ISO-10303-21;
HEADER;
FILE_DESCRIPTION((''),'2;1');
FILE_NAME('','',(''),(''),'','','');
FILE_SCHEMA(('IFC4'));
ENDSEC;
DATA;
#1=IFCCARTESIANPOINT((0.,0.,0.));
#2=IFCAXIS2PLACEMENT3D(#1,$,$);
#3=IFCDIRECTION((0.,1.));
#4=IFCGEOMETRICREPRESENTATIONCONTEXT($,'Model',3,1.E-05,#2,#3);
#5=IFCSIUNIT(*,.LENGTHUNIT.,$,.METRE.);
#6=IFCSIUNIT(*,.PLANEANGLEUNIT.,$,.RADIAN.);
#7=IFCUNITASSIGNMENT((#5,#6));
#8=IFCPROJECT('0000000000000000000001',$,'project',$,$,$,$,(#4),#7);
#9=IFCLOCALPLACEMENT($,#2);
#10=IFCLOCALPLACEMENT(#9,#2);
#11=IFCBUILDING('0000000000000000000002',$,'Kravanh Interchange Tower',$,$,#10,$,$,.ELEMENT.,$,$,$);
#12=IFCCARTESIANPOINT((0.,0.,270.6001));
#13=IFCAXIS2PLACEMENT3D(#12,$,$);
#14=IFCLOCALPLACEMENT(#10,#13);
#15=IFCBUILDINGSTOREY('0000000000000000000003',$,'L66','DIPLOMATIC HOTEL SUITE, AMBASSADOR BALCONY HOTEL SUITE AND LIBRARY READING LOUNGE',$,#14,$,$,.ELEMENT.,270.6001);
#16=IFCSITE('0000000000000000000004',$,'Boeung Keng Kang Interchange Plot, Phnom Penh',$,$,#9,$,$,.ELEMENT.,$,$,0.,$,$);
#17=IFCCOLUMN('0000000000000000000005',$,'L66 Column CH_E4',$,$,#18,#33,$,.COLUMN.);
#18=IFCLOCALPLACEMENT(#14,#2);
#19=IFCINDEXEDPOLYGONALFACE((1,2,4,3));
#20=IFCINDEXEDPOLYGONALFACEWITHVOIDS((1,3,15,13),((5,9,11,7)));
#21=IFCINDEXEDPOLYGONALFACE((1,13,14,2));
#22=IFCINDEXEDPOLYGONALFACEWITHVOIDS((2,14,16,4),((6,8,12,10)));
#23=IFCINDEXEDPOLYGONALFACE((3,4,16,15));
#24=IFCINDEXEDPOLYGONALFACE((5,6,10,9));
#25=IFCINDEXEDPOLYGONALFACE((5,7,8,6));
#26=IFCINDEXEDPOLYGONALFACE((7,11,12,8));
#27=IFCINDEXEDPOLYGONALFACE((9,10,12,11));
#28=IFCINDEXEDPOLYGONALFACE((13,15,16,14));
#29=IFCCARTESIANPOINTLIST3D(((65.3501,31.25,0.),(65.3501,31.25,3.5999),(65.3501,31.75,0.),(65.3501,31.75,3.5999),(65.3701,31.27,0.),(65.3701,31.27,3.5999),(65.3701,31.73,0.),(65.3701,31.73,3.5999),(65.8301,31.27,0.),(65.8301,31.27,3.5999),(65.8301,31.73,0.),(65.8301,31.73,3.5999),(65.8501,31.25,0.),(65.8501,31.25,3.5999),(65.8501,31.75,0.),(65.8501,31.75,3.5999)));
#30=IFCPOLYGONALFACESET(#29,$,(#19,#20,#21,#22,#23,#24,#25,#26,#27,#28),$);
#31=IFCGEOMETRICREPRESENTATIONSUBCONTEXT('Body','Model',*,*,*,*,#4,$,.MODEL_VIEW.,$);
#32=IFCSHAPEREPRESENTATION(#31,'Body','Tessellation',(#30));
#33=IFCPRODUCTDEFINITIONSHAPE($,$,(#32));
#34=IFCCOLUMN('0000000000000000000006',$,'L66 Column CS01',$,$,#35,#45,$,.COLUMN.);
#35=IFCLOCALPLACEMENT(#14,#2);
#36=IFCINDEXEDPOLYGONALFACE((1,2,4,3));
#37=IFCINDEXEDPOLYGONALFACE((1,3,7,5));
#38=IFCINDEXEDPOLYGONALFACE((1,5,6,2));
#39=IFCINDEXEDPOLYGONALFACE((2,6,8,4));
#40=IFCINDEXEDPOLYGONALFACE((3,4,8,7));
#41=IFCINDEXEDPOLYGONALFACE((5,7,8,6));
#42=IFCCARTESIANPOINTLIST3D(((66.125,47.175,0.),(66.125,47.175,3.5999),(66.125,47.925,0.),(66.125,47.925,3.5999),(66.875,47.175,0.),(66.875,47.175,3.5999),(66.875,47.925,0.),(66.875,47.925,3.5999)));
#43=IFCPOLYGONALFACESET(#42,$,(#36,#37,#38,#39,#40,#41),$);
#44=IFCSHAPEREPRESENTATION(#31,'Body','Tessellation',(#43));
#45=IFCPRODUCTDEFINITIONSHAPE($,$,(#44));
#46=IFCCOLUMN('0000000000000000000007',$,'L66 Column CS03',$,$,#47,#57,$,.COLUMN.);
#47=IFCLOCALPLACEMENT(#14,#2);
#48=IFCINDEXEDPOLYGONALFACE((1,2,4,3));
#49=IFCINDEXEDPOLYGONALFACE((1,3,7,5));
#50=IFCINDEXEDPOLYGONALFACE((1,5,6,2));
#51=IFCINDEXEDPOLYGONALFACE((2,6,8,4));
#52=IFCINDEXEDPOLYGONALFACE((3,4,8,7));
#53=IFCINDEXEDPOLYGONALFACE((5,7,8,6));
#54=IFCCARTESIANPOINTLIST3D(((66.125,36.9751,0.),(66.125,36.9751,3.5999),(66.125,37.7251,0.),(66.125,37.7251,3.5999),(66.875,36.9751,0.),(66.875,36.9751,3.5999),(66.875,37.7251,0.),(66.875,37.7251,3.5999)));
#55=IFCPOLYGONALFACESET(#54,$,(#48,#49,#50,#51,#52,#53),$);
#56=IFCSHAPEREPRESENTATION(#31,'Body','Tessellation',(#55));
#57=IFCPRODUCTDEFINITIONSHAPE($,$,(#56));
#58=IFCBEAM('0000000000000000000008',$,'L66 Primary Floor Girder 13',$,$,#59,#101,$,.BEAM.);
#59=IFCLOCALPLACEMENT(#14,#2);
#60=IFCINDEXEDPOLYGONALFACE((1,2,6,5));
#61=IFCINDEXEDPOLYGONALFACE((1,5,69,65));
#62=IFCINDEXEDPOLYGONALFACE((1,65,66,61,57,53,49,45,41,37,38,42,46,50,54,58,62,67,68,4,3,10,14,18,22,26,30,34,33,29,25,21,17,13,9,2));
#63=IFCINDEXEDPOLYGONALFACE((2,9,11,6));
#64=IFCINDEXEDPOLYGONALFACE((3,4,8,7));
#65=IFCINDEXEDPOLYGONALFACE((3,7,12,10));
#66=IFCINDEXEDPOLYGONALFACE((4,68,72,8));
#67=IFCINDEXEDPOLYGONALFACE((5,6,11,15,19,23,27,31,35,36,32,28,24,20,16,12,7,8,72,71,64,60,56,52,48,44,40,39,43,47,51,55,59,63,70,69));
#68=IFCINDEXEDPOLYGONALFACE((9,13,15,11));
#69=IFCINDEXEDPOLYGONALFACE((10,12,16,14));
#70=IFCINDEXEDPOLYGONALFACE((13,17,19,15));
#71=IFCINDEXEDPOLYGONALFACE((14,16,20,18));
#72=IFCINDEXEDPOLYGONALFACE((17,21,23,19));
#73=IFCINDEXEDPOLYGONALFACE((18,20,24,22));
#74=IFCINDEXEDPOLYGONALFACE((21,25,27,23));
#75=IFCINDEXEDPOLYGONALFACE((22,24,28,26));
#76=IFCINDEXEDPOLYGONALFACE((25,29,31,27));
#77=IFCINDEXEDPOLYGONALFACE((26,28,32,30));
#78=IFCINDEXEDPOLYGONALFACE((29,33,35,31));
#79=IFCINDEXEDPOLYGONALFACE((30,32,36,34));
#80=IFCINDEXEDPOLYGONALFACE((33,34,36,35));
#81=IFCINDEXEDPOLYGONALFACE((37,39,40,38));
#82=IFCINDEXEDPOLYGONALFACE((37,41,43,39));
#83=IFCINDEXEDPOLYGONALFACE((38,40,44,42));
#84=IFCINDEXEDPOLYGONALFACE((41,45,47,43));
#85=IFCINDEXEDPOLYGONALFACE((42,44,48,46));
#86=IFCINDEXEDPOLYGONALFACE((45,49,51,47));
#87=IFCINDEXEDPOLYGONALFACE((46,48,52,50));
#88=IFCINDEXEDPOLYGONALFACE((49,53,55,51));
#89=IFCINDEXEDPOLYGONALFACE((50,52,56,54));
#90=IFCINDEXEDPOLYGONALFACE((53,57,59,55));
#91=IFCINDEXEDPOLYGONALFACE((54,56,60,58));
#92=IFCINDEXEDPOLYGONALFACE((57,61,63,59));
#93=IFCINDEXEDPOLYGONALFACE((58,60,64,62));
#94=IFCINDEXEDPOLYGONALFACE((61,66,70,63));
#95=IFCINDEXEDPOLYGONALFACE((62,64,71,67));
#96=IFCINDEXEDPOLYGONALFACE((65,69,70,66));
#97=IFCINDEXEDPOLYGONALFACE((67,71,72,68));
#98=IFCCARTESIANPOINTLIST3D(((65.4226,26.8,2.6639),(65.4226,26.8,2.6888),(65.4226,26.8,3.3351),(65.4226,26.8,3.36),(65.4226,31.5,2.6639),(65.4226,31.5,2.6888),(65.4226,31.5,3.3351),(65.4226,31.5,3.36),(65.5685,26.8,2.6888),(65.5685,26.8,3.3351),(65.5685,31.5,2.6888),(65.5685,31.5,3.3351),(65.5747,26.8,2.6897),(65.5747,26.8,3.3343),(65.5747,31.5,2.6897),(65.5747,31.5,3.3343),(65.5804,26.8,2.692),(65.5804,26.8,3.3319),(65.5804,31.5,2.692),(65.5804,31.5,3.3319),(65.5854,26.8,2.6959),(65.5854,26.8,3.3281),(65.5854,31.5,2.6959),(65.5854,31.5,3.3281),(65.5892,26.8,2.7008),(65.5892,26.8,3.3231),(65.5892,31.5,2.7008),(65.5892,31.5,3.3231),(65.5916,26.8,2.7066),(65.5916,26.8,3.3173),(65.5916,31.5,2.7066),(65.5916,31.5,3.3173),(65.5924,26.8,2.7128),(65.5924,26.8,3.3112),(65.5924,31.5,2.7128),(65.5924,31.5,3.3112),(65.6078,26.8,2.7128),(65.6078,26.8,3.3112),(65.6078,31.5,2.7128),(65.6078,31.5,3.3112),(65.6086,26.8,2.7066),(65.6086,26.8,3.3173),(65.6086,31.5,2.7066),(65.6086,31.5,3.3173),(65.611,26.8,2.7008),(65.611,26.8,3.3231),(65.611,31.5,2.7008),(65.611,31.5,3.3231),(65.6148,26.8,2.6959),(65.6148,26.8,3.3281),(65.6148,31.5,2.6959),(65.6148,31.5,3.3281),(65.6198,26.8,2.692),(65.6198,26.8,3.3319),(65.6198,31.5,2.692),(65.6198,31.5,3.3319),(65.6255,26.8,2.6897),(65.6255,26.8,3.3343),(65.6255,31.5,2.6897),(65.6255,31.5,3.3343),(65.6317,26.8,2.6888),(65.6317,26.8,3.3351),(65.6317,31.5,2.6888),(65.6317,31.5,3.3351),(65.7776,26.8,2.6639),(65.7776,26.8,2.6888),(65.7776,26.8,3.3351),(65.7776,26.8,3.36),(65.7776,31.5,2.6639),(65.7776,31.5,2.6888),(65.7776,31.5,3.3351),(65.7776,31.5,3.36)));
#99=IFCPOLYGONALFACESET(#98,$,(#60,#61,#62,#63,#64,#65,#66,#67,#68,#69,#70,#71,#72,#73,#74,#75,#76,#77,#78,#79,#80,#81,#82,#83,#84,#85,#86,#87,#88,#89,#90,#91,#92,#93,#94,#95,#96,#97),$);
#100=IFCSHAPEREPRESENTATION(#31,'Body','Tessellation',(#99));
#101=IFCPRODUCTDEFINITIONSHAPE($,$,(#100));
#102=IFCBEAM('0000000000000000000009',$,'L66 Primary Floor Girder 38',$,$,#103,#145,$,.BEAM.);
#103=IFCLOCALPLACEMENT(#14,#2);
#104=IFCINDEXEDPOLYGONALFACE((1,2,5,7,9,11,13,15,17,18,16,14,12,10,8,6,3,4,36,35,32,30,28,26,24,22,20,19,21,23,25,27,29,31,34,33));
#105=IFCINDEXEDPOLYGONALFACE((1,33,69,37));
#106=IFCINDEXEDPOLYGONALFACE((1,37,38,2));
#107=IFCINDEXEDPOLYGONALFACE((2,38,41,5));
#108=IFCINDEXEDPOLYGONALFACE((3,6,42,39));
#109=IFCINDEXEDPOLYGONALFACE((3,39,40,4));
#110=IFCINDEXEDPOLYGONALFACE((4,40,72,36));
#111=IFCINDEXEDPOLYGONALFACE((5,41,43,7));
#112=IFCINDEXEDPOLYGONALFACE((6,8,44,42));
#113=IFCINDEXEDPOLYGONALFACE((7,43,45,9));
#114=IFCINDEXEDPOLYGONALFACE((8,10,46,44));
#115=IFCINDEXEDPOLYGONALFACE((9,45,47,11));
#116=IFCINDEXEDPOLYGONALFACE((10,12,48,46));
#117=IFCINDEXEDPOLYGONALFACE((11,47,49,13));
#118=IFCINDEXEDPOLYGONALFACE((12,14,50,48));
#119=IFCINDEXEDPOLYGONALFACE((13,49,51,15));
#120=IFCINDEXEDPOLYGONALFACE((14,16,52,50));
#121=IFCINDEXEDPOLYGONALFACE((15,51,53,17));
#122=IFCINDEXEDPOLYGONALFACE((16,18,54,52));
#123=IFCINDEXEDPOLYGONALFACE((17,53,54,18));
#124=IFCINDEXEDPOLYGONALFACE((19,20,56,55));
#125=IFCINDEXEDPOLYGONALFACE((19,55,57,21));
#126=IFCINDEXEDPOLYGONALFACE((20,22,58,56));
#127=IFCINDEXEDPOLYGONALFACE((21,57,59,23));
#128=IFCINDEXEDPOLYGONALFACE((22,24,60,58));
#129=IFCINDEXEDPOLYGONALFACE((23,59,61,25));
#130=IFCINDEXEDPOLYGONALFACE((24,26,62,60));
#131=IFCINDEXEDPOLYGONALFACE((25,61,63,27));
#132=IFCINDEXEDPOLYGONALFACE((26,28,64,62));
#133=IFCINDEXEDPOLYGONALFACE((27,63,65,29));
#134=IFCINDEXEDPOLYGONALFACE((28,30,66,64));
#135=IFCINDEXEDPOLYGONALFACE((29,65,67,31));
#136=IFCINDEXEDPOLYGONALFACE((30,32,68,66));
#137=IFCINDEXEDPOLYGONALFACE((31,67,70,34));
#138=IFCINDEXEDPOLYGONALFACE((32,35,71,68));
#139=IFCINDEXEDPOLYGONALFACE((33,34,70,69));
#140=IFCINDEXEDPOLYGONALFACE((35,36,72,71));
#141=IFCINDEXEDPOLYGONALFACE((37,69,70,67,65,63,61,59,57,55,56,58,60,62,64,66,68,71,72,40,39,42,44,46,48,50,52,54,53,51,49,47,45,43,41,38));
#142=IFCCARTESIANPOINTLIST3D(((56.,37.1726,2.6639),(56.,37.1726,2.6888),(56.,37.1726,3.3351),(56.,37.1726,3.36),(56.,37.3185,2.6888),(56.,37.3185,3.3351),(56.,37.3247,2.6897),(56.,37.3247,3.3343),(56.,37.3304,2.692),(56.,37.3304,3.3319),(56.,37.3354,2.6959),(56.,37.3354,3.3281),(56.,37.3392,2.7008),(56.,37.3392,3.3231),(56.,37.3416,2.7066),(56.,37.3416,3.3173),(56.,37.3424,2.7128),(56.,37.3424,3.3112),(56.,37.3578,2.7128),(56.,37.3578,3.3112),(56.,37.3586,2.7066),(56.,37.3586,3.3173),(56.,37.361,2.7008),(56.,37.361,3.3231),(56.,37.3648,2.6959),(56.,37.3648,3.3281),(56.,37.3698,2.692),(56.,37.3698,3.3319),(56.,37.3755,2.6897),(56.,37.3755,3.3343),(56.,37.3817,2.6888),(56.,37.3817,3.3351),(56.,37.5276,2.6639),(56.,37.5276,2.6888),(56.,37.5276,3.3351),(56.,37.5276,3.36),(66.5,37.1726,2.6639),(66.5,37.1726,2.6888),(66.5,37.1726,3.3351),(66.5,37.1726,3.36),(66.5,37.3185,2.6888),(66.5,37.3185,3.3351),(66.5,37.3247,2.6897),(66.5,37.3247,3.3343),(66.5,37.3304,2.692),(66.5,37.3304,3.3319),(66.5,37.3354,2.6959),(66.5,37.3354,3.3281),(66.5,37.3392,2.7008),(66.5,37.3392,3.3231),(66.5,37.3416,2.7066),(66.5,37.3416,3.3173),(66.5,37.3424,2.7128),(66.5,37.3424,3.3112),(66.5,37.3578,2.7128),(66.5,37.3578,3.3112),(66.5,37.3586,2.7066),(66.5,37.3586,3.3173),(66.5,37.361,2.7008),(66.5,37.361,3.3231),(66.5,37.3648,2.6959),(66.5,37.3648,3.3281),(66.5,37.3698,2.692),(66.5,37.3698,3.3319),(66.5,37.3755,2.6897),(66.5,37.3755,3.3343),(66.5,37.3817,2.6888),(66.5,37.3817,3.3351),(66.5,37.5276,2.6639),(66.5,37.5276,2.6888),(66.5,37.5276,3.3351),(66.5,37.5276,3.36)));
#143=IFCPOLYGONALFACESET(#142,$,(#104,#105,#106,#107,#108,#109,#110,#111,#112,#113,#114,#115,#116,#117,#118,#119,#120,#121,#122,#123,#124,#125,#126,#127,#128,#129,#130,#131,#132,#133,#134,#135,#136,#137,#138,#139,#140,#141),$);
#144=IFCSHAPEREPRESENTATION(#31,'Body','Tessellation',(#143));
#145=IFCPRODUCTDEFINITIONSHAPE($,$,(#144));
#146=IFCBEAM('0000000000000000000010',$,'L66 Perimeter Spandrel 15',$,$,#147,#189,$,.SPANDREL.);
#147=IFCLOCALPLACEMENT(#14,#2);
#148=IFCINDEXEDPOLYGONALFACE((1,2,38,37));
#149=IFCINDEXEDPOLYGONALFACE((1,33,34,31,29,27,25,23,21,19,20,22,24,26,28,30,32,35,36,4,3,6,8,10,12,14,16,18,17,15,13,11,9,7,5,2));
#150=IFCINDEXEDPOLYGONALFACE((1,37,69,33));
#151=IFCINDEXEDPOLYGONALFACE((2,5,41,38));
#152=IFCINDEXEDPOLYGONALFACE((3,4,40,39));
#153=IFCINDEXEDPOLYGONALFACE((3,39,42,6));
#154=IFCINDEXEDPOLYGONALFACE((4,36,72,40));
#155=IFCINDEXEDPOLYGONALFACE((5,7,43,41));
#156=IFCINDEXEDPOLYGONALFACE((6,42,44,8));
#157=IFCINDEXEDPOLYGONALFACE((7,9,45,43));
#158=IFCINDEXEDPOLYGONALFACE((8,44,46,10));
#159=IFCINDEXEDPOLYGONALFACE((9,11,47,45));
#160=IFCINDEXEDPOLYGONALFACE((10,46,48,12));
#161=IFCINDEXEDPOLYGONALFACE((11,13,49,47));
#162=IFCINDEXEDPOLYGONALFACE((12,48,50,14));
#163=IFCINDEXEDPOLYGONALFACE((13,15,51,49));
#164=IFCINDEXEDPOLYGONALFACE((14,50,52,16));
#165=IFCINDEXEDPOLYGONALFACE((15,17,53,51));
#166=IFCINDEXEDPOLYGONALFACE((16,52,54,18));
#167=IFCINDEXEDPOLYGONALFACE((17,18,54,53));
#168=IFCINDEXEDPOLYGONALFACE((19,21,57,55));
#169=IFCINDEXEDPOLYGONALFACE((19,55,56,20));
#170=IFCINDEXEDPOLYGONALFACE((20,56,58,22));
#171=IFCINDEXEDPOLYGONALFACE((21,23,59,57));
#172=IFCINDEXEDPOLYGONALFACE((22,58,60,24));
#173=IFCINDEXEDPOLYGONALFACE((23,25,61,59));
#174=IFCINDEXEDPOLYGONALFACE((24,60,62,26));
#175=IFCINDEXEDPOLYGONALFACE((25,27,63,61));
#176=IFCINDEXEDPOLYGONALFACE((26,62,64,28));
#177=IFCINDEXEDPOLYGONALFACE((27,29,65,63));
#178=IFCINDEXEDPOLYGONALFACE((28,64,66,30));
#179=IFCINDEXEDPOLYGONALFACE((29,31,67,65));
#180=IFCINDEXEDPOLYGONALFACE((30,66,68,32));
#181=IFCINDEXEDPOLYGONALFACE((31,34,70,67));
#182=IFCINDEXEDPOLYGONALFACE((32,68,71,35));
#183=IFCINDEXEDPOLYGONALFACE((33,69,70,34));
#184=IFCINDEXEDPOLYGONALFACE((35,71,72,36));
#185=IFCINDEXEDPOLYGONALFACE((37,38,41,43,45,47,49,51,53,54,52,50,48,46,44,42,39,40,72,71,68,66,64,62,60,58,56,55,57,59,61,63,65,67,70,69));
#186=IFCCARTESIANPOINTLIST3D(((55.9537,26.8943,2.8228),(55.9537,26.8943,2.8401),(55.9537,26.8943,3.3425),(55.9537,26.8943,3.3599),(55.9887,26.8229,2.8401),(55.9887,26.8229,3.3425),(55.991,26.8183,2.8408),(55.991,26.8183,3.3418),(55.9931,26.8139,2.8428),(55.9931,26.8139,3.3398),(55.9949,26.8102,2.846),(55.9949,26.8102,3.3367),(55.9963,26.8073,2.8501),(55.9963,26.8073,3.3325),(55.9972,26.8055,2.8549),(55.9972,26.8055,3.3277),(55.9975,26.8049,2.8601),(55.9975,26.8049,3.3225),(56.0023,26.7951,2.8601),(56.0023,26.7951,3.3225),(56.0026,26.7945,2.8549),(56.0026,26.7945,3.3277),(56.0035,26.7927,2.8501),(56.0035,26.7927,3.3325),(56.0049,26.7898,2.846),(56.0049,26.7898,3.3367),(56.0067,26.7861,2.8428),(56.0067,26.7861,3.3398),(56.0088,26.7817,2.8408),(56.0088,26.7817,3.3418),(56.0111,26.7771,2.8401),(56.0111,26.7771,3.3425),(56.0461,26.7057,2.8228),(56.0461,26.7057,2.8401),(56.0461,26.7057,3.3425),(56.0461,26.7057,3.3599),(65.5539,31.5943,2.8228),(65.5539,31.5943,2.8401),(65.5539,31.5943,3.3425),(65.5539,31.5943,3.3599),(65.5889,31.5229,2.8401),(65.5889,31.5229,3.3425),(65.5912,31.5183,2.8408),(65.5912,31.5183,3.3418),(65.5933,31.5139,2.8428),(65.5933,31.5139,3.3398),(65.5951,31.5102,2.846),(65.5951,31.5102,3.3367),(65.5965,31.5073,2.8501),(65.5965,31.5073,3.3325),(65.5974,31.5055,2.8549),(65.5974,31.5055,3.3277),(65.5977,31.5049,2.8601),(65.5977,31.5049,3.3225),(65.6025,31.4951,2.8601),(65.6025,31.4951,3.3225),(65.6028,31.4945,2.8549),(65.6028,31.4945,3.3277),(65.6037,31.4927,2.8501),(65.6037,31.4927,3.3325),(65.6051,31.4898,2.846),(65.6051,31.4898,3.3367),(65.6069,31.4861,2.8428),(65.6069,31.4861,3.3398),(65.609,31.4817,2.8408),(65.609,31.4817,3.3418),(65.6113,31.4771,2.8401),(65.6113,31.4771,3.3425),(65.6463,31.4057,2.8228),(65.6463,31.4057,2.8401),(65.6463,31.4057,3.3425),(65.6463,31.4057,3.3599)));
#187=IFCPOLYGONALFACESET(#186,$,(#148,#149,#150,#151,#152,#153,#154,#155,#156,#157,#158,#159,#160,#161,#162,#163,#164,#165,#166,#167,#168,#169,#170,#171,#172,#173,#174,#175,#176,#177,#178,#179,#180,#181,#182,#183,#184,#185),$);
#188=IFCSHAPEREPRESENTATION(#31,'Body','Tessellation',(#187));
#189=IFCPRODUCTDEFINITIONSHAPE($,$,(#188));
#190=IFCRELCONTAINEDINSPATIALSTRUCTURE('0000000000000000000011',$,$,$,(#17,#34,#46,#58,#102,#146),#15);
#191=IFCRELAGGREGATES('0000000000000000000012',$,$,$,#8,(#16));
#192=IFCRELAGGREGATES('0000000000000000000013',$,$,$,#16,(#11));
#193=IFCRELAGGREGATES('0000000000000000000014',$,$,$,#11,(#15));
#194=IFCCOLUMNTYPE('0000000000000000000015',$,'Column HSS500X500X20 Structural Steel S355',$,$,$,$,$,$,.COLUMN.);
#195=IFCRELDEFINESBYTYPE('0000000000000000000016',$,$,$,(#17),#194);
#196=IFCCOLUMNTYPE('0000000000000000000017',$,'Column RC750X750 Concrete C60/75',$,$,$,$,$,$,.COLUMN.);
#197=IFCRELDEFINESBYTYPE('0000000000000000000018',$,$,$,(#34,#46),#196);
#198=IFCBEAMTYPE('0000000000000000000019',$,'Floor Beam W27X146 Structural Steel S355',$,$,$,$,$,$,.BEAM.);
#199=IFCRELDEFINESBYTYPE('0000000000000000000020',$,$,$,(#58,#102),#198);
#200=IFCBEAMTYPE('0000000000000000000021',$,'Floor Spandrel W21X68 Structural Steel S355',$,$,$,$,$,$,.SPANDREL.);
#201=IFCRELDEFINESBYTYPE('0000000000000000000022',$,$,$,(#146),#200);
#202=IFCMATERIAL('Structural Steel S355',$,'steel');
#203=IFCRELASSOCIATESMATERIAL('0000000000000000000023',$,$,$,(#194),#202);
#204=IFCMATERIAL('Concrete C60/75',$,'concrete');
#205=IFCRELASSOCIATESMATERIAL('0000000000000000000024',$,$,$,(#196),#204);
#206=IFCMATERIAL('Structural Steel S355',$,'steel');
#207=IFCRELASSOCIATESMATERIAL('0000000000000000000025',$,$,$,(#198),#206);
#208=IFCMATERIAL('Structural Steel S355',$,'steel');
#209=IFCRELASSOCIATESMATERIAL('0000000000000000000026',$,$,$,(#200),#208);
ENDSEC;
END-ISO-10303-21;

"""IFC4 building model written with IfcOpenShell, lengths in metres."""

from ifc_helpers import new_model, si_unit, direction, frame, origin, origin_2d, place, context, subcontext, project, spatial, rectangle, hollow_rectangle, i_section, extrude, material, material_profile, profile_set, type_object, element, save


model = new_model("IFC4")

# Units and contexts
model_context = context("Model", 3, precision=1e-05, world=origin(), true_north=direction((0.0, 1.0)))
body_context = subcontext(model_context, "Body", "Model", "MODEL_VIEW")
ifc_project = project(units=[si_unit("LENGTHUNIT", "METRE"), si_unit("PLANEANGLEUNIT", "RADIAN")], contexts=[model_context])

# Site, building, storey
site_placement = place(None, origin())
site = spatial("IfcSite", under=ifc_project, at=site_placement, Name="Boeung Keng Kang Interchange Plot, Phnom Penh", CompositionType="ELEMENT", RefElevation=0.0)
building_placement = place(site_placement, origin())
building = spatial("IfcBuilding", under=site, at=building_placement, Name="Kravanh Interchange Tower", CompositionType="ELEMENT")
storey_placement = place(building_placement, frame((0.0, 0.0, 270.6001)))
storey = spatial("IfcBuildingStorey", under=building, at=storey_placement, Name="L66", Description="DIPLOMATIC HOTEL SUITE, AMBASSADOR BALCONY HOTEL SUITE AND LIBRARY READING LOUNGE", CompositionType="ELEMENT", Elevation=270.6001)

# Columns
ifc_material_1 = material(Name="Structural Steel S355", Category="steel")
ifc_material_profile_1 = material_profile(ifc_material_1, hollow_rectangle(XDim=0.5, YDim=0.5, WallThickness=0.02, at=origin_2d()), Name="HSS500X500X20")
ifc_profile_set_1 = profile_set([ifc_material_profile_1], Name="Structural Steel S355")
column_type_1 = type_object("IfcColumnType", Name="Column HSS500X500X20 Structural Steel S355", PredefinedType="COLUMN", material=ifc_profile_set_1)
column_placement = place(storey_placement, frame((65.6001, 31.5, 0.0), z_axis=(0.0, 0.0, 1.0), x_axis=(1.0, 0.0, 0.0)))
element("IfcColumn", 1, at=column_placement, inside=storey, type_object=column_type_1, Name="L66 Column CH_E4", PredefinedType="COLUMN", context=body_context, shape_type="SweptSolid", body=[
    extrude(hollow_rectangle(XDim=0.5, YDim=0.5, WallThickness=0.02, at=origin_2d()), origin(), (0.0, 0.0, 1.0), 3.5999),
])
ifc_material_2 = material(Name="Concrete C60/75", Category="concrete")
ifc_material_profile_2 = material_profile(ifc_material_2, rectangle(XDim=0.75, YDim=0.75, at=origin_2d()), Name="RC750X750")
ifc_profile_set_2 = profile_set([ifc_material_profile_2], Name="Concrete C60/75")
column_type_2 = type_object("IfcColumnType", Name="Column RC750X750 Concrete C60/75", PredefinedType="COLUMN", material=ifc_profile_set_2)
for number, where, z_axis, x_axis, name in (
    (2, (66.5, 47.55, 0.0), (0.0, 0.0, 1.0), (1.0, 0.0, 0.0), "L66 Column CS01"),
    (3, (66.5, 37.3501, 0.0), (0.0, 0.0, 1.0), (1.0, 0.0, 0.0), "L66 Column CS03"),
):
    element("IfcColumn", number, at=place(storey_placement, frame(where, z_axis=z_axis, x_axis=x_axis)), inside=storey, type_object=column_type_2, Name=name, PredefinedType="COLUMN", context=body_context, shape_type="SweptSolid", body=[
        extrude(rectangle(XDim=0.75, YDim=0.75, at=origin_2d()), origin(), (0.0, 0.0, 1.0), 3.5999),
    ])

# Beams
ifc_material_3 = material(Name="Structural Steel S355", Category="steel")
ifc_material_profile_3 = material_profile(ifc_material_3, i_section(OverallWidth=0.355, OverallDepth=0.696, WebThickness=0.0154, FlangeThickness=0.0249, FilletRadius=0.0239, at=origin_2d()), Name="W27X146")
ifc_profile_set_3 = profile_set([ifc_material_profile_3], Name="Structural Steel S355")
beam_type_1 = type_object("IfcBeamType", Name="Floor Beam W27X146 Structural Steel S355", PredefinedType="BEAM", material=ifc_profile_set_3)
beam_1_placement = place(storey_placement, frame((65.6001, 31.5, 3.012), z_axis=(0.0, -1.0, 0.0), x_axis=(1.0, 0.0, 0.0)))
element("IfcBeam", 4, at=beam_1_placement, inside=storey, type_object=beam_type_1, Name="L66 Primary Floor Girder 13", PredefinedType="BEAM", context=body_context, shape_type="SweptSolid", body=[
    extrude(i_section(OverallWidth=0.355, OverallDepth=0.696, WebThickness=0.0154, FlangeThickness=0.0249, FilletRadius=0.0239, at=origin_2d()), origin(), (0.0, 0.0, 1.0), 4.7),
])
beam_2_placement = place(storey_placement, frame((66.5, 37.3501, 3.012), z_axis=(-1.0, 0.0, 0.0), x_axis=(0.0, -1.0, 0.0)))
element("IfcBeam", 5, at=beam_2_placement, inside=storey, type_object=beam_type_1, Name="L66 Primary Floor Girder 38", PredefinedType="BEAM", context=body_context, shape_type="SweptSolid", body=[
    extrude(i_section(OverallWidth=0.355, OverallDepth=0.696, WebThickness=0.0154, FlangeThickness=0.0249, FilletRadius=0.0239, at=origin_2d()), origin(), (0.0, 0.0, 1.0), 10.5),
])
ifc_material_4 = material(Name="Structural Steel S355", Category="steel")
ifc_material_profile_4 = material_profile(ifc_material_4, i_section(OverallWidth=0.21, OverallDepth=0.5371, WebThickness=0.011, FlangeThickness=0.0173, FilletRadius=0.02, at=origin_2d()), Name="W21X68")
ifc_profile_set_4 = profile_set([ifc_material_profile_4], Name="Structural Steel S355")
beam_type_2 = type_object("IfcBeamType", Name="Floor Spandrel W21X68 Structural Steel S355", PredefinedType="SPANDREL", material=ifc_profile_set_4)
beam_3_placement = place(storey_placement, frame((65.6001, 31.5, 3.0913), z_axis=(-0.898142, -0.439706, 0.0), x_axis=(0.439706, -0.898142, 0.0)))
element("IfcBeam", 6, at=beam_3_placement, inside=storey, type_object=beam_type_2, Name="L66 Perimeter Spandrel 15", PredefinedType="SPANDREL", context=body_context, shape_type="SweptSolid", body=[
    extrude(i_section(OverallWidth=0.21, OverallDepth=0.5371, WebThickness=0.011, FlangeThickness=0.0173, FilletRadius=0.02, at=origin_2d()), origin(), (0.0, 0.0, 1.0), 10.689),
])

save(model, "model.ifc")
